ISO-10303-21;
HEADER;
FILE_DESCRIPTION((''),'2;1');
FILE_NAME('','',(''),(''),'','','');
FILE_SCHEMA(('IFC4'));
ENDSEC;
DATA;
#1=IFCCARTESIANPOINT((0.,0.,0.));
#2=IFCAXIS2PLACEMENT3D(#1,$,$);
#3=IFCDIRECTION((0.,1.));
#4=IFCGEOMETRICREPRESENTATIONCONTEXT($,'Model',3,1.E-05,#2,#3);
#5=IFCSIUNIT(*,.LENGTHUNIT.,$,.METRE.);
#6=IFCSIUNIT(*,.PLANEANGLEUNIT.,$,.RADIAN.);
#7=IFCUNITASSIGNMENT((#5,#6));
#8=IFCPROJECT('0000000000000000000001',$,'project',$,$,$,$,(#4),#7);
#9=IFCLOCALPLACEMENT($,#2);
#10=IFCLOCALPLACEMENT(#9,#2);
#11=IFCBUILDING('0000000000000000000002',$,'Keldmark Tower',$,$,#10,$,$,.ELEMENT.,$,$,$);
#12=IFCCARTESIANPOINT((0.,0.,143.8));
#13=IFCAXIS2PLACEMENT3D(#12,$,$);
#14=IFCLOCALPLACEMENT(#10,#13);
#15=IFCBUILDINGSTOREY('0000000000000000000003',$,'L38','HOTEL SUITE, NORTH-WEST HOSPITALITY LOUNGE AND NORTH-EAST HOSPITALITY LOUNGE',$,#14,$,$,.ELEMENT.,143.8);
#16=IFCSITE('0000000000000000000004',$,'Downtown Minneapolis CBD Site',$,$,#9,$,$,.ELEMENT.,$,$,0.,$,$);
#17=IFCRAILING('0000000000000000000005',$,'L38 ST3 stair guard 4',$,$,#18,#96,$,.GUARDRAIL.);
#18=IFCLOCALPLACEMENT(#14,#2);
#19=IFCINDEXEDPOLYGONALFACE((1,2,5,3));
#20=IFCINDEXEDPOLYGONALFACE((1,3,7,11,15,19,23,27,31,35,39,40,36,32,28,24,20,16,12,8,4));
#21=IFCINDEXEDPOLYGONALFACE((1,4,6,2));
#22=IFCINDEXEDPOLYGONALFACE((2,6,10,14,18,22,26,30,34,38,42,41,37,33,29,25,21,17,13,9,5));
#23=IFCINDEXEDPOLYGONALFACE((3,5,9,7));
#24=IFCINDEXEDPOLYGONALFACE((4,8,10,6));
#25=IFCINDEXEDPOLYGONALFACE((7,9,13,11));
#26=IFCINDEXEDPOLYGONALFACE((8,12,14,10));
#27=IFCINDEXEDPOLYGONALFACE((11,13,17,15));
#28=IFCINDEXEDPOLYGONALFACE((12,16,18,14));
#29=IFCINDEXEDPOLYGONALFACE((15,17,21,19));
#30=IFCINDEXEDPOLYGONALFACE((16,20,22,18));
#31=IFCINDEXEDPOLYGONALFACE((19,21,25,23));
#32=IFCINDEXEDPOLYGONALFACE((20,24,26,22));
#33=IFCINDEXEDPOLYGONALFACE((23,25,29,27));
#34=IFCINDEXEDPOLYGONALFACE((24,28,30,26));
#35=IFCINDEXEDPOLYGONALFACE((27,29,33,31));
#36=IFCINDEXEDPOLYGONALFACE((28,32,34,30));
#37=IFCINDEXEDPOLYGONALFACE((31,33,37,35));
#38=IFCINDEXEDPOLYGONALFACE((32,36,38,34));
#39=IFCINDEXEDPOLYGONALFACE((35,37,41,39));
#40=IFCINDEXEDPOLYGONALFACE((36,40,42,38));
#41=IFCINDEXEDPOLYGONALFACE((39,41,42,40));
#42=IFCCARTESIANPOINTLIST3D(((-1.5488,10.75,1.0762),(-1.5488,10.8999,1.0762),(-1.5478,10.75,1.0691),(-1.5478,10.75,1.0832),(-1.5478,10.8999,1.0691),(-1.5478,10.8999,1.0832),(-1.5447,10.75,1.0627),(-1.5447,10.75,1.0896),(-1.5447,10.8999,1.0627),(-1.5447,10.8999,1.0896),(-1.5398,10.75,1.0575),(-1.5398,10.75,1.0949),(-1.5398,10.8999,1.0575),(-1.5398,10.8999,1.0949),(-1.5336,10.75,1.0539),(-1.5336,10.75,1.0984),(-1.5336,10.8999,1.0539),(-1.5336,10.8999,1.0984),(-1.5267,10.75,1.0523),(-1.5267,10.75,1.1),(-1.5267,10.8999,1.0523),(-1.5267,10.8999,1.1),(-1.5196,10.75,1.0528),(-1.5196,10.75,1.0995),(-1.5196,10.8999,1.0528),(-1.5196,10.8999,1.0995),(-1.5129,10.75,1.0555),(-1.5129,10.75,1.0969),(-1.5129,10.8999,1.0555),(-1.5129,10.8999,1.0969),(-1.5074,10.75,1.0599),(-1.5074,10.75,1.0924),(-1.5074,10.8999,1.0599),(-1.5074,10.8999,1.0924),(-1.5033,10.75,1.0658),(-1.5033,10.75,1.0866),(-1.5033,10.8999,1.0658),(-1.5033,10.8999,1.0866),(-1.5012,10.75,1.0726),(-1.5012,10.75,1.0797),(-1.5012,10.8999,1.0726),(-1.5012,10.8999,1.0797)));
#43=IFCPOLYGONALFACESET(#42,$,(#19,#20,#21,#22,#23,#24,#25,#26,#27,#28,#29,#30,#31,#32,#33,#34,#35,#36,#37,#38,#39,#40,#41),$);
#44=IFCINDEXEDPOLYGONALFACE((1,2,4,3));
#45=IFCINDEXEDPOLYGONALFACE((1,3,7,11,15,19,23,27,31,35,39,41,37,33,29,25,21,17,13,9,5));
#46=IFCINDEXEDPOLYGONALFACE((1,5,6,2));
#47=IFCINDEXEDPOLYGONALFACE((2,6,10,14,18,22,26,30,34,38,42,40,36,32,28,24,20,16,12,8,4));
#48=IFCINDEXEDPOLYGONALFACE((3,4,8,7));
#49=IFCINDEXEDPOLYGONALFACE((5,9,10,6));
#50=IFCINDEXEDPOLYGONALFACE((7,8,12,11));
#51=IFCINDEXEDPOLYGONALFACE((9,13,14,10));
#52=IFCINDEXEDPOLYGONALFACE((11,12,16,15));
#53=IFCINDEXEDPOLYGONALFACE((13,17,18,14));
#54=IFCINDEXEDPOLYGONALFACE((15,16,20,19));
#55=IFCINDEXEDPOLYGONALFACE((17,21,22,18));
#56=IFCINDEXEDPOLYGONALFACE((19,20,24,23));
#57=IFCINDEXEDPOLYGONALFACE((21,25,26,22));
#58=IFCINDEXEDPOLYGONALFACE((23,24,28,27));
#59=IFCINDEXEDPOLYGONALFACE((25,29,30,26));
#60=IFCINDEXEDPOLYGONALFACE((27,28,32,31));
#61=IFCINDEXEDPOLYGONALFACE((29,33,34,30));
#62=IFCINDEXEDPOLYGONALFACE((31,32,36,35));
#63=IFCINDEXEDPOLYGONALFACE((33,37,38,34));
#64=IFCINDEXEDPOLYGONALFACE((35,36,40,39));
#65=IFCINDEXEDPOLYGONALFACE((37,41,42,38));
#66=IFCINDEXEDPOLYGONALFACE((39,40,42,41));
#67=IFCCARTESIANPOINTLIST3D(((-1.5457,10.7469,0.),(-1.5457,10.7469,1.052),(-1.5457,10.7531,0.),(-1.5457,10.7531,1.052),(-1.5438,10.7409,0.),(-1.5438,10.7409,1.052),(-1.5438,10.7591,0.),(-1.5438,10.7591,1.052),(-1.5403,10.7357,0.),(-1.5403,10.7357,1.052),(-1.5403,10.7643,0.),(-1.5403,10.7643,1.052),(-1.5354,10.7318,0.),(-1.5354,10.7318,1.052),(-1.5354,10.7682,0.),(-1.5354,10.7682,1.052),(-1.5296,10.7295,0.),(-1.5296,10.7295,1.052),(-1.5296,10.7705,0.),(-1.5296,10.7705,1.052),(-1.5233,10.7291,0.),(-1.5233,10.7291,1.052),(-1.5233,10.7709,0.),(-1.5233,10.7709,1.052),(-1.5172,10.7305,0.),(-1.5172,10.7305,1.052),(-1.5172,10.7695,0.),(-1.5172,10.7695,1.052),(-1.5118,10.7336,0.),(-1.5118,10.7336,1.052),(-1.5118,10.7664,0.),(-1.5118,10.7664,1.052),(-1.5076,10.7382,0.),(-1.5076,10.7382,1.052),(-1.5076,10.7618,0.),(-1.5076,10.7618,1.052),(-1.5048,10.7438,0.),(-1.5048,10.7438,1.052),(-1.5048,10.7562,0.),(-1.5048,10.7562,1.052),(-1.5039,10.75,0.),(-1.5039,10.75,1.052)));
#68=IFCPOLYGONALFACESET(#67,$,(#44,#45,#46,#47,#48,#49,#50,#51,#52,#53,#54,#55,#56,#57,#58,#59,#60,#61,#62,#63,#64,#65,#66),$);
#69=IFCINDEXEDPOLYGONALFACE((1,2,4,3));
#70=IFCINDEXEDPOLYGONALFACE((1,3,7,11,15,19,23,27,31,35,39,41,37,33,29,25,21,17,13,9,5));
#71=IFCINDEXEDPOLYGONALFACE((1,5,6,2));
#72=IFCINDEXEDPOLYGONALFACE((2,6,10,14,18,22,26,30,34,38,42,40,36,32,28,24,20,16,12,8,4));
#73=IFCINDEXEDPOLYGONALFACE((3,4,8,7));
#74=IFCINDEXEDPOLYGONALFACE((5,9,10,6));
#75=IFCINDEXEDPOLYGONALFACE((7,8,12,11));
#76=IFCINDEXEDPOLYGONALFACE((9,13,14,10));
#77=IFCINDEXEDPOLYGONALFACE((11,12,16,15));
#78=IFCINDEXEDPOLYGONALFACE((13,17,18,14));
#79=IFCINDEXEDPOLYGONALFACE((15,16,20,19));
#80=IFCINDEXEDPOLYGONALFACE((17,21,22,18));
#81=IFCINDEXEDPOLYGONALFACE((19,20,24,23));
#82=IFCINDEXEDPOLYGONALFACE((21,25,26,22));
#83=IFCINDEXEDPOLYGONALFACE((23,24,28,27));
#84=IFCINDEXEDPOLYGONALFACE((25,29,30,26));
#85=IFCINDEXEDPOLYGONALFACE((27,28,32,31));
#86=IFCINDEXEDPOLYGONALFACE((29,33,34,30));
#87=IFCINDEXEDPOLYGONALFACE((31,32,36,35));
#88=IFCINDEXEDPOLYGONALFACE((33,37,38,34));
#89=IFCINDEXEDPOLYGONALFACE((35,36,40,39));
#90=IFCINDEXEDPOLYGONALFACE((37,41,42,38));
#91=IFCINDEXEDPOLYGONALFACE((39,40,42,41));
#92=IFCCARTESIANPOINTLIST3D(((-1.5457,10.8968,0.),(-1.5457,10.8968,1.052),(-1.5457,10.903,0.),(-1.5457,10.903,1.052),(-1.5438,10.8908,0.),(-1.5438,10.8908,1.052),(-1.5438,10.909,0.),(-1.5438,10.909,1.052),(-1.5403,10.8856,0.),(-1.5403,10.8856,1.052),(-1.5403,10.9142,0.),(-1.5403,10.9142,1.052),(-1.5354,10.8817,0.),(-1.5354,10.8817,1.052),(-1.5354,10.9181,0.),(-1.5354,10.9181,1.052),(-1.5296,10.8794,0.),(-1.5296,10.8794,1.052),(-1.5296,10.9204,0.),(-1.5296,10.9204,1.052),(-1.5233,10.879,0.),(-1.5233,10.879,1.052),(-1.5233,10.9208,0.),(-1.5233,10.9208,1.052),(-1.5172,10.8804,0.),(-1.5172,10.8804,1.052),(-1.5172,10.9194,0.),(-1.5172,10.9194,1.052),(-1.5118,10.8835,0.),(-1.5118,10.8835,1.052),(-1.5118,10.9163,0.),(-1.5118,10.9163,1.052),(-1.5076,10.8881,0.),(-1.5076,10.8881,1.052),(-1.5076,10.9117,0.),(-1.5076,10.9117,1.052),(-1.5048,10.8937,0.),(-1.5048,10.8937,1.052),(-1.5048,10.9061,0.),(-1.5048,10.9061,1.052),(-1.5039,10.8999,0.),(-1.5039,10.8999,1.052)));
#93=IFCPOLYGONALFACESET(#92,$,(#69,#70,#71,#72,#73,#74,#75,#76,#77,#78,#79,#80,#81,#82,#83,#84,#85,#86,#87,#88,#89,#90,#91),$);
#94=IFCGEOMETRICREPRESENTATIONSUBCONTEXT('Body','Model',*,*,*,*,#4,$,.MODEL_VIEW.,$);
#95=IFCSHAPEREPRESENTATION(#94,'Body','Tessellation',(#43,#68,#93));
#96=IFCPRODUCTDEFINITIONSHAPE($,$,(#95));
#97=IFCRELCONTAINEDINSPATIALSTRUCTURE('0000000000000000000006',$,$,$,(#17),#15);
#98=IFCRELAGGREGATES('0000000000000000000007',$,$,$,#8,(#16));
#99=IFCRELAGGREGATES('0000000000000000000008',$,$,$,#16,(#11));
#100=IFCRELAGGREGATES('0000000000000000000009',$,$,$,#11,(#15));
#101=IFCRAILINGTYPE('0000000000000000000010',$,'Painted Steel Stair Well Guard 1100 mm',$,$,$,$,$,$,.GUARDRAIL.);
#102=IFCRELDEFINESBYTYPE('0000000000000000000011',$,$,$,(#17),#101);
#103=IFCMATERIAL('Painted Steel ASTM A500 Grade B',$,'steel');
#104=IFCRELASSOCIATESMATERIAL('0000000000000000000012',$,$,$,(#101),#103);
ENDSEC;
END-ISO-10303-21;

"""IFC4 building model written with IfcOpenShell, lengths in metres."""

from ifc_helpers import new_model, si_unit, direction, frame, origin, origin_2d, place, context, subcontext, project, spatial, circle, extrude, material, type_object, element, save


model = new_model("IFC4")

# Units and contexts
model_context = context("Model", 3, precision=1e-05, world=origin(), true_north=direction((0.0, 1.0)))
body_context = subcontext(model_context, "Body", "Model", "MODEL_VIEW")
ifc_project = project(units=[si_unit("LENGTHUNIT", "METRE"), si_unit("PLANEANGLEUNIT", "RADIAN")], contexts=[model_context])

# Site, building, storey
site_placement = place(None, origin())
site = spatial("IfcSite", under=ifc_project, at=site_placement, Name="Downtown Minneapolis CBD Site", CompositionType="ELEMENT", RefElevation=0.0)
building_placement = place(site_placement, origin())
building = spatial("IfcBuilding", under=site, at=building_placement, Name="Keldmark Tower", CompositionType="ELEMENT")
storey_placement = place(building_placement, frame((0.0, 0.0, 143.8)))
storey = spatial("IfcBuildingStorey", under=building, at=storey_placement, Name="L38", Description="HOTEL SUITE, NORTH-WEST HOSPITALITY LOUNGE AND NORTH-EAST HOSPITALITY LOUNGE", CompositionType="ELEMENT", Elevation=143.8)

# Railing
ifc_material_1 = material(Name="Painted Steel ASTM A500 Grade B", Category="steel")
railing_type = type_object("IfcRailingType", Name="Painted Steel Stair Well Guard 1100 mm", PredefinedType="GUARDRAIL", material=ifc_material_1)
railing_1_placement = place(storey_placement, frame((-1.5249, 10.75, 0.0)))
element("IfcRailing", 1, at=railing_1_placement, inside=storey, type_object=railing_type, Name="L38 ST3 stair guard 4", PredefinedType="GUARDRAIL", context=body_context, shape_type="SweptSolid", body=[
    extrude(circle(Radius=0.0239, at=origin_2d()), frame((0.0, 0.0, 1.0762), z_axis=(0.0, 1.0, 0.0), x_axis=(-1.0, 0.0, 0.0)), (0.0, 0.0, 1.0), 0.1499),
    extrude(circle(Radius=0.021, at=origin_2d()), origin(), (0.0, 0.0, 1.0), 1.052),
    extrude(circle(Radius=0.021, at=origin_2d()), frame((0.0, 0.1499, 0.0)), (0.0, 0.0, 1.0), 1.052),
])

save(model, "model.ifc")
